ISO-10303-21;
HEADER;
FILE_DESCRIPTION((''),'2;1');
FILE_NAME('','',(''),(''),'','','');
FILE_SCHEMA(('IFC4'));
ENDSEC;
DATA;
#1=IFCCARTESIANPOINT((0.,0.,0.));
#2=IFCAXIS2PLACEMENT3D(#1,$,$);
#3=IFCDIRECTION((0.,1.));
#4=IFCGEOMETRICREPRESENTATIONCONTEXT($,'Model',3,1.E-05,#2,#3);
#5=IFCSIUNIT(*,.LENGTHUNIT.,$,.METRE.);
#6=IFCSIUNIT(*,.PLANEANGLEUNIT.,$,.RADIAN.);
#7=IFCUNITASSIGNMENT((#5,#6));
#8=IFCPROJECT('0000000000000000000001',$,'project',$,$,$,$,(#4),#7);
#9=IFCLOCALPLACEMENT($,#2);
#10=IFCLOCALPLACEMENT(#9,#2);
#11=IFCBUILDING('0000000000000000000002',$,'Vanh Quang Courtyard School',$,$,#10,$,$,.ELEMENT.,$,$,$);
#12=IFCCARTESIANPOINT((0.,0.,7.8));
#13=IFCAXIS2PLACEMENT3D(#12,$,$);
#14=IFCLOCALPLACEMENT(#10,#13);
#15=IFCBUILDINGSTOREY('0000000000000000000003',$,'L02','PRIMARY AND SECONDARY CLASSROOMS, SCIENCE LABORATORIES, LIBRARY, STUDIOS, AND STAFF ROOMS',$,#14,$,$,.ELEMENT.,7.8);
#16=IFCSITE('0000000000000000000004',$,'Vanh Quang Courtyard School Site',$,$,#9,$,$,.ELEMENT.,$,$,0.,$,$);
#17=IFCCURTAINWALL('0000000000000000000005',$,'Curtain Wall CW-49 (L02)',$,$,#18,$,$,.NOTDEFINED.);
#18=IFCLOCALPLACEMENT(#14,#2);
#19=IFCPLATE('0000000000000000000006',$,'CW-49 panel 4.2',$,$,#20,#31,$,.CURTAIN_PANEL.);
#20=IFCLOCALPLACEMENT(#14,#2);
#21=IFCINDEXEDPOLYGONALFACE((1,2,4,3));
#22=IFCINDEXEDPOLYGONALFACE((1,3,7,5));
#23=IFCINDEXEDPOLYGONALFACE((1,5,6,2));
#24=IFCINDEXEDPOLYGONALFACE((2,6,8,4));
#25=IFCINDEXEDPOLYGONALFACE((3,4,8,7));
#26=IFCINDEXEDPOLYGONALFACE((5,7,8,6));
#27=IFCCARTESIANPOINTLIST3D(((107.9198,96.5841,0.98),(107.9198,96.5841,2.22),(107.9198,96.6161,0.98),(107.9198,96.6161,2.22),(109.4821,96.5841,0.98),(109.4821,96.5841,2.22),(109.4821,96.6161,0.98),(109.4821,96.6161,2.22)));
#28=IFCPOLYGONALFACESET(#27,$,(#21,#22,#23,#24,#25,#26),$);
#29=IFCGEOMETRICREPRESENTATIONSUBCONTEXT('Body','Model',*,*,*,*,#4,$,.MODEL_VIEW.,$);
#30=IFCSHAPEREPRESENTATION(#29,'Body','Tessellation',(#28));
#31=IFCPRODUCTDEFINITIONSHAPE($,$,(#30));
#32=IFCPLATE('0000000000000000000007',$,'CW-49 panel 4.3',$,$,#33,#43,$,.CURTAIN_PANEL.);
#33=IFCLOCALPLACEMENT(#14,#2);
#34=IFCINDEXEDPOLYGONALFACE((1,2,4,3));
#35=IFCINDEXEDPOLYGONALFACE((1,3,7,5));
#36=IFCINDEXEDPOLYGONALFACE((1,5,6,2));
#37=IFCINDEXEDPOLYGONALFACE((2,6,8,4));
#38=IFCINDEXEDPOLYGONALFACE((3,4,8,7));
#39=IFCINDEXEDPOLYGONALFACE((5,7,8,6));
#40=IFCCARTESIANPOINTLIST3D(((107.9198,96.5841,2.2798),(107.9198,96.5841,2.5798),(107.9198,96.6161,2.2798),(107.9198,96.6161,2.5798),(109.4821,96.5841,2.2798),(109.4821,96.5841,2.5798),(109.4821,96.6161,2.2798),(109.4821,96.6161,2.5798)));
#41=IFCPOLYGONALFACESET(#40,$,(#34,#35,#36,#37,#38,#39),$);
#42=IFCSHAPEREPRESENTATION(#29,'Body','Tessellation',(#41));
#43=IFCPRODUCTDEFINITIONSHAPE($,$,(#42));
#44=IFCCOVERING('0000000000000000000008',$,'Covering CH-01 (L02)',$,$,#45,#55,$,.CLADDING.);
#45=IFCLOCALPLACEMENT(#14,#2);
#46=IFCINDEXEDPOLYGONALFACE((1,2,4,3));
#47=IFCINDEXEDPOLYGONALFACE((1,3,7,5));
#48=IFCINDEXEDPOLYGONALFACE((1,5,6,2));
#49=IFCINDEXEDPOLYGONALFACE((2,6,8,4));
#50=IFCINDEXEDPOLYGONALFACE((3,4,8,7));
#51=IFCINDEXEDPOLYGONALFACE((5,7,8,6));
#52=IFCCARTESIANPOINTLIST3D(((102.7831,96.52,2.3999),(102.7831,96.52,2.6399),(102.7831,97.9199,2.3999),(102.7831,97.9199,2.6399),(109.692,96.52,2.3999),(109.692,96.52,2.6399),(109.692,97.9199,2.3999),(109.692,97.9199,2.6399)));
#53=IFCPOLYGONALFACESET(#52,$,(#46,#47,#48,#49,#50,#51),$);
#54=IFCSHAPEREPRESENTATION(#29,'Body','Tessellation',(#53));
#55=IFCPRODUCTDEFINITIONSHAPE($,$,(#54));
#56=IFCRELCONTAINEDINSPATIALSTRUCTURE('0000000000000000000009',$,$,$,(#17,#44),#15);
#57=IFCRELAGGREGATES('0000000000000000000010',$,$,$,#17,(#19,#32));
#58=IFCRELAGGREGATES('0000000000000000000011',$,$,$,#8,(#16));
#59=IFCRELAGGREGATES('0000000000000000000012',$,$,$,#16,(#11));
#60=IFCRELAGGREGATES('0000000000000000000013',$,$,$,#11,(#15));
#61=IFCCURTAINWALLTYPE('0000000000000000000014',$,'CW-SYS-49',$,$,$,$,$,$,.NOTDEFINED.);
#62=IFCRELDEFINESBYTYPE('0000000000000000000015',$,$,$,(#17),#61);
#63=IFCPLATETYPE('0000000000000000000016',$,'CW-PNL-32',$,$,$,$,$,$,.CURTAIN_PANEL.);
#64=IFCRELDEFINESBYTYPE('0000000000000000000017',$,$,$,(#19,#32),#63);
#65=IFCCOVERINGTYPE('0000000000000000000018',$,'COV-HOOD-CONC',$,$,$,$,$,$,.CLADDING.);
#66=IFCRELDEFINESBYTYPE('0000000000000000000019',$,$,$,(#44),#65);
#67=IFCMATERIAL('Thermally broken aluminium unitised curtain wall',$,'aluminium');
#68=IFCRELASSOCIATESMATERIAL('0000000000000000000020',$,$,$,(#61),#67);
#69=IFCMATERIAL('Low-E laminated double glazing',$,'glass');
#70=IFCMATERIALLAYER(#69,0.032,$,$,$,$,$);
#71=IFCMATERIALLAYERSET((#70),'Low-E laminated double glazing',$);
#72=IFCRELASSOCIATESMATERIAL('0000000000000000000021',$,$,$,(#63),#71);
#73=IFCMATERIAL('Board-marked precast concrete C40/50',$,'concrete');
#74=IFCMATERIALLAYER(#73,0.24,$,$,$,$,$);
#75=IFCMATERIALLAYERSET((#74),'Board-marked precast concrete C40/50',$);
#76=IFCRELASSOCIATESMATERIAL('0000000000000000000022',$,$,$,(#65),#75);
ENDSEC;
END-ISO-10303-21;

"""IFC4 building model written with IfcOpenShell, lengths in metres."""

from ifc_helpers import new_model, si_unit, direction, frame, origin, origin_2d, place, context, subcontext, project, spatial, rectangle, extrude, material, layer, layer_set, type_object, element, aggregate, save


model = new_model("IFC4")

# Units and contexts
model_context = context("Model", 3, precision=1e-05, world=origin(), true_north=direction((0.0, 1.0)))
body_context = subcontext(model_context, "Body", "Model", "MODEL_VIEW")
ifc_project = project(units=[si_unit("LENGTHUNIT", "METRE"), si_unit("PLANEANGLEUNIT", "RADIAN")], contexts=[model_context])

# Site, building, storey
site_placement = place(None, origin())
site = spatial("IfcSite", under=ifc_project, at=site_placement, Name="Vanh Quang Courtyard School Site", CompositionType="ELEMENT", RefElevation=0.0)
building_placement = place(site_placement, origin())
building = spatial("IfcBuilding", under=site, at=building_placement, Name="Vanh Quang Courtyard School", CompositionType="ELEMENT")
storey_placement = place(building_placement, frame((0.0, 0.0, 7.8)))
storey = spatial("IfcBuildingStorey", under=building, at=storey_placement, Name="L02", Description="PRIMARY AND SECONDARY CLASSROOMS, SCIENCE LABORATORIES, LIBRARY, STUDIOS, AND STAFF ROOMS", CompositionType="ELEMENT", Elevation=7.8)

# Curtain wall
ifc_material_1 = material(Name="Thermally broken aluminium unitised curtain wall", Category="aluminium")
curtain_wall_type = type_object("IfcCurtainWallType", Name="CW-SYS-49", PredefinedType="NOTDEFINED", material=ifc_material_1)
curtain_wall_placement = place(storey_placement, origin())
curtain_wall = element("IfcCurtainWall", 1, at=curtain_wall_placement, inside=storey, type_object=curtain_wall_type, Name="Curtain Wall CW-49 (L02)", PredefinedType="NOTDEFINED")

# Plates
ifc_material_2 = material(Name="Low-E laminated double glazing", Category="glass")
ifc_layer_1 = layer(ifc_material_2, 0.032)
ifc_layer_set_1 = layer_set([ifc_layer_1], Name="Low-E laminated double glazing")
plate_type = type_object("IfcPlateType", Name="CW-PNL-32", PredefinedType="CURTAIN_PANEL", material=ifc_layer_set_1)
plate_1_placement = place(storey_placement, frame((108.7009, 96.6001, 0.98), z_axis=(0.0, 0.0, 1.0), x_axis=(1.0, 0.0, 0.0)))
plate_1 = element("IfcPlate", 2, at=plate_1_placement, type_object=plate_type, Name="CW-49 panel 4.2", PredefinedType="CURTAIN_PANEL", context=body_context, shape_type="SweptSolid", body=[
    extrude(rectangle(XDim=1.5623, YDim=0.032, at=origin_2d()), origin(), (0.0, 0.0, 1.0), 1.24),
])
plate_2_placement = place(storey_placement, frame((108.7009, 96.6001, 2.2798), z_axis=(0.0, 0.0, 1.0), x_axis=(1.0, 0.0, 0.0)))
plate_2 = element("IfcPlate", 3, at=plate_2_placement, type_object=plate_type, Name="CW-49 panel 4.3", PredefinedType="CURTAIN_PANEL", context=body_context, shape_type="SweptSolid", body=[
    extrude(rectangle(XDim=1.5623, YDim=0.032, at=origin_2d()), origin(), (0.0, 0.0, 1.0), 0.3),
])
aggregate(curtain_wall, [plate_1, plate_2])

# Covering
ifc_material_3 = material(Name="Board-marked precast concrete C40/50", Category="concrete")
ifc_layer_2 = layer(ifc_material_3, 0.24)
ifc_layer_set_2 = layer_set([ifc_layer_2], Name="Board-marked precast concrete C40/50")
covering_type = type_object("IfcCoveringType", Name="COV-HOOD-CONC", PredefinedType="CLADDING", material=ifc_layer_set_2)
covering_placement = place(storey_placement, frame((106.2375, 97.22, 2.3999), z_axis=(0.0, 0.0, 1.0), x_axis=(1.0, 0.0, 0.0)))
element("IfcCovering", 4, at=covering_placement, inside=storey, type_object=covering_type, Name="Covering CH-01 (L02)", PredefinedType="CLADDING", context=body_context, shape_type="SweptSolid", body=[
    extrude(rectangle(XDim=6.9089, YDim=1.3999, at=origin_2d()), origin(), (0.0, 0.0, 1.0), 0.24),
])

save(model, "model.ifc")
